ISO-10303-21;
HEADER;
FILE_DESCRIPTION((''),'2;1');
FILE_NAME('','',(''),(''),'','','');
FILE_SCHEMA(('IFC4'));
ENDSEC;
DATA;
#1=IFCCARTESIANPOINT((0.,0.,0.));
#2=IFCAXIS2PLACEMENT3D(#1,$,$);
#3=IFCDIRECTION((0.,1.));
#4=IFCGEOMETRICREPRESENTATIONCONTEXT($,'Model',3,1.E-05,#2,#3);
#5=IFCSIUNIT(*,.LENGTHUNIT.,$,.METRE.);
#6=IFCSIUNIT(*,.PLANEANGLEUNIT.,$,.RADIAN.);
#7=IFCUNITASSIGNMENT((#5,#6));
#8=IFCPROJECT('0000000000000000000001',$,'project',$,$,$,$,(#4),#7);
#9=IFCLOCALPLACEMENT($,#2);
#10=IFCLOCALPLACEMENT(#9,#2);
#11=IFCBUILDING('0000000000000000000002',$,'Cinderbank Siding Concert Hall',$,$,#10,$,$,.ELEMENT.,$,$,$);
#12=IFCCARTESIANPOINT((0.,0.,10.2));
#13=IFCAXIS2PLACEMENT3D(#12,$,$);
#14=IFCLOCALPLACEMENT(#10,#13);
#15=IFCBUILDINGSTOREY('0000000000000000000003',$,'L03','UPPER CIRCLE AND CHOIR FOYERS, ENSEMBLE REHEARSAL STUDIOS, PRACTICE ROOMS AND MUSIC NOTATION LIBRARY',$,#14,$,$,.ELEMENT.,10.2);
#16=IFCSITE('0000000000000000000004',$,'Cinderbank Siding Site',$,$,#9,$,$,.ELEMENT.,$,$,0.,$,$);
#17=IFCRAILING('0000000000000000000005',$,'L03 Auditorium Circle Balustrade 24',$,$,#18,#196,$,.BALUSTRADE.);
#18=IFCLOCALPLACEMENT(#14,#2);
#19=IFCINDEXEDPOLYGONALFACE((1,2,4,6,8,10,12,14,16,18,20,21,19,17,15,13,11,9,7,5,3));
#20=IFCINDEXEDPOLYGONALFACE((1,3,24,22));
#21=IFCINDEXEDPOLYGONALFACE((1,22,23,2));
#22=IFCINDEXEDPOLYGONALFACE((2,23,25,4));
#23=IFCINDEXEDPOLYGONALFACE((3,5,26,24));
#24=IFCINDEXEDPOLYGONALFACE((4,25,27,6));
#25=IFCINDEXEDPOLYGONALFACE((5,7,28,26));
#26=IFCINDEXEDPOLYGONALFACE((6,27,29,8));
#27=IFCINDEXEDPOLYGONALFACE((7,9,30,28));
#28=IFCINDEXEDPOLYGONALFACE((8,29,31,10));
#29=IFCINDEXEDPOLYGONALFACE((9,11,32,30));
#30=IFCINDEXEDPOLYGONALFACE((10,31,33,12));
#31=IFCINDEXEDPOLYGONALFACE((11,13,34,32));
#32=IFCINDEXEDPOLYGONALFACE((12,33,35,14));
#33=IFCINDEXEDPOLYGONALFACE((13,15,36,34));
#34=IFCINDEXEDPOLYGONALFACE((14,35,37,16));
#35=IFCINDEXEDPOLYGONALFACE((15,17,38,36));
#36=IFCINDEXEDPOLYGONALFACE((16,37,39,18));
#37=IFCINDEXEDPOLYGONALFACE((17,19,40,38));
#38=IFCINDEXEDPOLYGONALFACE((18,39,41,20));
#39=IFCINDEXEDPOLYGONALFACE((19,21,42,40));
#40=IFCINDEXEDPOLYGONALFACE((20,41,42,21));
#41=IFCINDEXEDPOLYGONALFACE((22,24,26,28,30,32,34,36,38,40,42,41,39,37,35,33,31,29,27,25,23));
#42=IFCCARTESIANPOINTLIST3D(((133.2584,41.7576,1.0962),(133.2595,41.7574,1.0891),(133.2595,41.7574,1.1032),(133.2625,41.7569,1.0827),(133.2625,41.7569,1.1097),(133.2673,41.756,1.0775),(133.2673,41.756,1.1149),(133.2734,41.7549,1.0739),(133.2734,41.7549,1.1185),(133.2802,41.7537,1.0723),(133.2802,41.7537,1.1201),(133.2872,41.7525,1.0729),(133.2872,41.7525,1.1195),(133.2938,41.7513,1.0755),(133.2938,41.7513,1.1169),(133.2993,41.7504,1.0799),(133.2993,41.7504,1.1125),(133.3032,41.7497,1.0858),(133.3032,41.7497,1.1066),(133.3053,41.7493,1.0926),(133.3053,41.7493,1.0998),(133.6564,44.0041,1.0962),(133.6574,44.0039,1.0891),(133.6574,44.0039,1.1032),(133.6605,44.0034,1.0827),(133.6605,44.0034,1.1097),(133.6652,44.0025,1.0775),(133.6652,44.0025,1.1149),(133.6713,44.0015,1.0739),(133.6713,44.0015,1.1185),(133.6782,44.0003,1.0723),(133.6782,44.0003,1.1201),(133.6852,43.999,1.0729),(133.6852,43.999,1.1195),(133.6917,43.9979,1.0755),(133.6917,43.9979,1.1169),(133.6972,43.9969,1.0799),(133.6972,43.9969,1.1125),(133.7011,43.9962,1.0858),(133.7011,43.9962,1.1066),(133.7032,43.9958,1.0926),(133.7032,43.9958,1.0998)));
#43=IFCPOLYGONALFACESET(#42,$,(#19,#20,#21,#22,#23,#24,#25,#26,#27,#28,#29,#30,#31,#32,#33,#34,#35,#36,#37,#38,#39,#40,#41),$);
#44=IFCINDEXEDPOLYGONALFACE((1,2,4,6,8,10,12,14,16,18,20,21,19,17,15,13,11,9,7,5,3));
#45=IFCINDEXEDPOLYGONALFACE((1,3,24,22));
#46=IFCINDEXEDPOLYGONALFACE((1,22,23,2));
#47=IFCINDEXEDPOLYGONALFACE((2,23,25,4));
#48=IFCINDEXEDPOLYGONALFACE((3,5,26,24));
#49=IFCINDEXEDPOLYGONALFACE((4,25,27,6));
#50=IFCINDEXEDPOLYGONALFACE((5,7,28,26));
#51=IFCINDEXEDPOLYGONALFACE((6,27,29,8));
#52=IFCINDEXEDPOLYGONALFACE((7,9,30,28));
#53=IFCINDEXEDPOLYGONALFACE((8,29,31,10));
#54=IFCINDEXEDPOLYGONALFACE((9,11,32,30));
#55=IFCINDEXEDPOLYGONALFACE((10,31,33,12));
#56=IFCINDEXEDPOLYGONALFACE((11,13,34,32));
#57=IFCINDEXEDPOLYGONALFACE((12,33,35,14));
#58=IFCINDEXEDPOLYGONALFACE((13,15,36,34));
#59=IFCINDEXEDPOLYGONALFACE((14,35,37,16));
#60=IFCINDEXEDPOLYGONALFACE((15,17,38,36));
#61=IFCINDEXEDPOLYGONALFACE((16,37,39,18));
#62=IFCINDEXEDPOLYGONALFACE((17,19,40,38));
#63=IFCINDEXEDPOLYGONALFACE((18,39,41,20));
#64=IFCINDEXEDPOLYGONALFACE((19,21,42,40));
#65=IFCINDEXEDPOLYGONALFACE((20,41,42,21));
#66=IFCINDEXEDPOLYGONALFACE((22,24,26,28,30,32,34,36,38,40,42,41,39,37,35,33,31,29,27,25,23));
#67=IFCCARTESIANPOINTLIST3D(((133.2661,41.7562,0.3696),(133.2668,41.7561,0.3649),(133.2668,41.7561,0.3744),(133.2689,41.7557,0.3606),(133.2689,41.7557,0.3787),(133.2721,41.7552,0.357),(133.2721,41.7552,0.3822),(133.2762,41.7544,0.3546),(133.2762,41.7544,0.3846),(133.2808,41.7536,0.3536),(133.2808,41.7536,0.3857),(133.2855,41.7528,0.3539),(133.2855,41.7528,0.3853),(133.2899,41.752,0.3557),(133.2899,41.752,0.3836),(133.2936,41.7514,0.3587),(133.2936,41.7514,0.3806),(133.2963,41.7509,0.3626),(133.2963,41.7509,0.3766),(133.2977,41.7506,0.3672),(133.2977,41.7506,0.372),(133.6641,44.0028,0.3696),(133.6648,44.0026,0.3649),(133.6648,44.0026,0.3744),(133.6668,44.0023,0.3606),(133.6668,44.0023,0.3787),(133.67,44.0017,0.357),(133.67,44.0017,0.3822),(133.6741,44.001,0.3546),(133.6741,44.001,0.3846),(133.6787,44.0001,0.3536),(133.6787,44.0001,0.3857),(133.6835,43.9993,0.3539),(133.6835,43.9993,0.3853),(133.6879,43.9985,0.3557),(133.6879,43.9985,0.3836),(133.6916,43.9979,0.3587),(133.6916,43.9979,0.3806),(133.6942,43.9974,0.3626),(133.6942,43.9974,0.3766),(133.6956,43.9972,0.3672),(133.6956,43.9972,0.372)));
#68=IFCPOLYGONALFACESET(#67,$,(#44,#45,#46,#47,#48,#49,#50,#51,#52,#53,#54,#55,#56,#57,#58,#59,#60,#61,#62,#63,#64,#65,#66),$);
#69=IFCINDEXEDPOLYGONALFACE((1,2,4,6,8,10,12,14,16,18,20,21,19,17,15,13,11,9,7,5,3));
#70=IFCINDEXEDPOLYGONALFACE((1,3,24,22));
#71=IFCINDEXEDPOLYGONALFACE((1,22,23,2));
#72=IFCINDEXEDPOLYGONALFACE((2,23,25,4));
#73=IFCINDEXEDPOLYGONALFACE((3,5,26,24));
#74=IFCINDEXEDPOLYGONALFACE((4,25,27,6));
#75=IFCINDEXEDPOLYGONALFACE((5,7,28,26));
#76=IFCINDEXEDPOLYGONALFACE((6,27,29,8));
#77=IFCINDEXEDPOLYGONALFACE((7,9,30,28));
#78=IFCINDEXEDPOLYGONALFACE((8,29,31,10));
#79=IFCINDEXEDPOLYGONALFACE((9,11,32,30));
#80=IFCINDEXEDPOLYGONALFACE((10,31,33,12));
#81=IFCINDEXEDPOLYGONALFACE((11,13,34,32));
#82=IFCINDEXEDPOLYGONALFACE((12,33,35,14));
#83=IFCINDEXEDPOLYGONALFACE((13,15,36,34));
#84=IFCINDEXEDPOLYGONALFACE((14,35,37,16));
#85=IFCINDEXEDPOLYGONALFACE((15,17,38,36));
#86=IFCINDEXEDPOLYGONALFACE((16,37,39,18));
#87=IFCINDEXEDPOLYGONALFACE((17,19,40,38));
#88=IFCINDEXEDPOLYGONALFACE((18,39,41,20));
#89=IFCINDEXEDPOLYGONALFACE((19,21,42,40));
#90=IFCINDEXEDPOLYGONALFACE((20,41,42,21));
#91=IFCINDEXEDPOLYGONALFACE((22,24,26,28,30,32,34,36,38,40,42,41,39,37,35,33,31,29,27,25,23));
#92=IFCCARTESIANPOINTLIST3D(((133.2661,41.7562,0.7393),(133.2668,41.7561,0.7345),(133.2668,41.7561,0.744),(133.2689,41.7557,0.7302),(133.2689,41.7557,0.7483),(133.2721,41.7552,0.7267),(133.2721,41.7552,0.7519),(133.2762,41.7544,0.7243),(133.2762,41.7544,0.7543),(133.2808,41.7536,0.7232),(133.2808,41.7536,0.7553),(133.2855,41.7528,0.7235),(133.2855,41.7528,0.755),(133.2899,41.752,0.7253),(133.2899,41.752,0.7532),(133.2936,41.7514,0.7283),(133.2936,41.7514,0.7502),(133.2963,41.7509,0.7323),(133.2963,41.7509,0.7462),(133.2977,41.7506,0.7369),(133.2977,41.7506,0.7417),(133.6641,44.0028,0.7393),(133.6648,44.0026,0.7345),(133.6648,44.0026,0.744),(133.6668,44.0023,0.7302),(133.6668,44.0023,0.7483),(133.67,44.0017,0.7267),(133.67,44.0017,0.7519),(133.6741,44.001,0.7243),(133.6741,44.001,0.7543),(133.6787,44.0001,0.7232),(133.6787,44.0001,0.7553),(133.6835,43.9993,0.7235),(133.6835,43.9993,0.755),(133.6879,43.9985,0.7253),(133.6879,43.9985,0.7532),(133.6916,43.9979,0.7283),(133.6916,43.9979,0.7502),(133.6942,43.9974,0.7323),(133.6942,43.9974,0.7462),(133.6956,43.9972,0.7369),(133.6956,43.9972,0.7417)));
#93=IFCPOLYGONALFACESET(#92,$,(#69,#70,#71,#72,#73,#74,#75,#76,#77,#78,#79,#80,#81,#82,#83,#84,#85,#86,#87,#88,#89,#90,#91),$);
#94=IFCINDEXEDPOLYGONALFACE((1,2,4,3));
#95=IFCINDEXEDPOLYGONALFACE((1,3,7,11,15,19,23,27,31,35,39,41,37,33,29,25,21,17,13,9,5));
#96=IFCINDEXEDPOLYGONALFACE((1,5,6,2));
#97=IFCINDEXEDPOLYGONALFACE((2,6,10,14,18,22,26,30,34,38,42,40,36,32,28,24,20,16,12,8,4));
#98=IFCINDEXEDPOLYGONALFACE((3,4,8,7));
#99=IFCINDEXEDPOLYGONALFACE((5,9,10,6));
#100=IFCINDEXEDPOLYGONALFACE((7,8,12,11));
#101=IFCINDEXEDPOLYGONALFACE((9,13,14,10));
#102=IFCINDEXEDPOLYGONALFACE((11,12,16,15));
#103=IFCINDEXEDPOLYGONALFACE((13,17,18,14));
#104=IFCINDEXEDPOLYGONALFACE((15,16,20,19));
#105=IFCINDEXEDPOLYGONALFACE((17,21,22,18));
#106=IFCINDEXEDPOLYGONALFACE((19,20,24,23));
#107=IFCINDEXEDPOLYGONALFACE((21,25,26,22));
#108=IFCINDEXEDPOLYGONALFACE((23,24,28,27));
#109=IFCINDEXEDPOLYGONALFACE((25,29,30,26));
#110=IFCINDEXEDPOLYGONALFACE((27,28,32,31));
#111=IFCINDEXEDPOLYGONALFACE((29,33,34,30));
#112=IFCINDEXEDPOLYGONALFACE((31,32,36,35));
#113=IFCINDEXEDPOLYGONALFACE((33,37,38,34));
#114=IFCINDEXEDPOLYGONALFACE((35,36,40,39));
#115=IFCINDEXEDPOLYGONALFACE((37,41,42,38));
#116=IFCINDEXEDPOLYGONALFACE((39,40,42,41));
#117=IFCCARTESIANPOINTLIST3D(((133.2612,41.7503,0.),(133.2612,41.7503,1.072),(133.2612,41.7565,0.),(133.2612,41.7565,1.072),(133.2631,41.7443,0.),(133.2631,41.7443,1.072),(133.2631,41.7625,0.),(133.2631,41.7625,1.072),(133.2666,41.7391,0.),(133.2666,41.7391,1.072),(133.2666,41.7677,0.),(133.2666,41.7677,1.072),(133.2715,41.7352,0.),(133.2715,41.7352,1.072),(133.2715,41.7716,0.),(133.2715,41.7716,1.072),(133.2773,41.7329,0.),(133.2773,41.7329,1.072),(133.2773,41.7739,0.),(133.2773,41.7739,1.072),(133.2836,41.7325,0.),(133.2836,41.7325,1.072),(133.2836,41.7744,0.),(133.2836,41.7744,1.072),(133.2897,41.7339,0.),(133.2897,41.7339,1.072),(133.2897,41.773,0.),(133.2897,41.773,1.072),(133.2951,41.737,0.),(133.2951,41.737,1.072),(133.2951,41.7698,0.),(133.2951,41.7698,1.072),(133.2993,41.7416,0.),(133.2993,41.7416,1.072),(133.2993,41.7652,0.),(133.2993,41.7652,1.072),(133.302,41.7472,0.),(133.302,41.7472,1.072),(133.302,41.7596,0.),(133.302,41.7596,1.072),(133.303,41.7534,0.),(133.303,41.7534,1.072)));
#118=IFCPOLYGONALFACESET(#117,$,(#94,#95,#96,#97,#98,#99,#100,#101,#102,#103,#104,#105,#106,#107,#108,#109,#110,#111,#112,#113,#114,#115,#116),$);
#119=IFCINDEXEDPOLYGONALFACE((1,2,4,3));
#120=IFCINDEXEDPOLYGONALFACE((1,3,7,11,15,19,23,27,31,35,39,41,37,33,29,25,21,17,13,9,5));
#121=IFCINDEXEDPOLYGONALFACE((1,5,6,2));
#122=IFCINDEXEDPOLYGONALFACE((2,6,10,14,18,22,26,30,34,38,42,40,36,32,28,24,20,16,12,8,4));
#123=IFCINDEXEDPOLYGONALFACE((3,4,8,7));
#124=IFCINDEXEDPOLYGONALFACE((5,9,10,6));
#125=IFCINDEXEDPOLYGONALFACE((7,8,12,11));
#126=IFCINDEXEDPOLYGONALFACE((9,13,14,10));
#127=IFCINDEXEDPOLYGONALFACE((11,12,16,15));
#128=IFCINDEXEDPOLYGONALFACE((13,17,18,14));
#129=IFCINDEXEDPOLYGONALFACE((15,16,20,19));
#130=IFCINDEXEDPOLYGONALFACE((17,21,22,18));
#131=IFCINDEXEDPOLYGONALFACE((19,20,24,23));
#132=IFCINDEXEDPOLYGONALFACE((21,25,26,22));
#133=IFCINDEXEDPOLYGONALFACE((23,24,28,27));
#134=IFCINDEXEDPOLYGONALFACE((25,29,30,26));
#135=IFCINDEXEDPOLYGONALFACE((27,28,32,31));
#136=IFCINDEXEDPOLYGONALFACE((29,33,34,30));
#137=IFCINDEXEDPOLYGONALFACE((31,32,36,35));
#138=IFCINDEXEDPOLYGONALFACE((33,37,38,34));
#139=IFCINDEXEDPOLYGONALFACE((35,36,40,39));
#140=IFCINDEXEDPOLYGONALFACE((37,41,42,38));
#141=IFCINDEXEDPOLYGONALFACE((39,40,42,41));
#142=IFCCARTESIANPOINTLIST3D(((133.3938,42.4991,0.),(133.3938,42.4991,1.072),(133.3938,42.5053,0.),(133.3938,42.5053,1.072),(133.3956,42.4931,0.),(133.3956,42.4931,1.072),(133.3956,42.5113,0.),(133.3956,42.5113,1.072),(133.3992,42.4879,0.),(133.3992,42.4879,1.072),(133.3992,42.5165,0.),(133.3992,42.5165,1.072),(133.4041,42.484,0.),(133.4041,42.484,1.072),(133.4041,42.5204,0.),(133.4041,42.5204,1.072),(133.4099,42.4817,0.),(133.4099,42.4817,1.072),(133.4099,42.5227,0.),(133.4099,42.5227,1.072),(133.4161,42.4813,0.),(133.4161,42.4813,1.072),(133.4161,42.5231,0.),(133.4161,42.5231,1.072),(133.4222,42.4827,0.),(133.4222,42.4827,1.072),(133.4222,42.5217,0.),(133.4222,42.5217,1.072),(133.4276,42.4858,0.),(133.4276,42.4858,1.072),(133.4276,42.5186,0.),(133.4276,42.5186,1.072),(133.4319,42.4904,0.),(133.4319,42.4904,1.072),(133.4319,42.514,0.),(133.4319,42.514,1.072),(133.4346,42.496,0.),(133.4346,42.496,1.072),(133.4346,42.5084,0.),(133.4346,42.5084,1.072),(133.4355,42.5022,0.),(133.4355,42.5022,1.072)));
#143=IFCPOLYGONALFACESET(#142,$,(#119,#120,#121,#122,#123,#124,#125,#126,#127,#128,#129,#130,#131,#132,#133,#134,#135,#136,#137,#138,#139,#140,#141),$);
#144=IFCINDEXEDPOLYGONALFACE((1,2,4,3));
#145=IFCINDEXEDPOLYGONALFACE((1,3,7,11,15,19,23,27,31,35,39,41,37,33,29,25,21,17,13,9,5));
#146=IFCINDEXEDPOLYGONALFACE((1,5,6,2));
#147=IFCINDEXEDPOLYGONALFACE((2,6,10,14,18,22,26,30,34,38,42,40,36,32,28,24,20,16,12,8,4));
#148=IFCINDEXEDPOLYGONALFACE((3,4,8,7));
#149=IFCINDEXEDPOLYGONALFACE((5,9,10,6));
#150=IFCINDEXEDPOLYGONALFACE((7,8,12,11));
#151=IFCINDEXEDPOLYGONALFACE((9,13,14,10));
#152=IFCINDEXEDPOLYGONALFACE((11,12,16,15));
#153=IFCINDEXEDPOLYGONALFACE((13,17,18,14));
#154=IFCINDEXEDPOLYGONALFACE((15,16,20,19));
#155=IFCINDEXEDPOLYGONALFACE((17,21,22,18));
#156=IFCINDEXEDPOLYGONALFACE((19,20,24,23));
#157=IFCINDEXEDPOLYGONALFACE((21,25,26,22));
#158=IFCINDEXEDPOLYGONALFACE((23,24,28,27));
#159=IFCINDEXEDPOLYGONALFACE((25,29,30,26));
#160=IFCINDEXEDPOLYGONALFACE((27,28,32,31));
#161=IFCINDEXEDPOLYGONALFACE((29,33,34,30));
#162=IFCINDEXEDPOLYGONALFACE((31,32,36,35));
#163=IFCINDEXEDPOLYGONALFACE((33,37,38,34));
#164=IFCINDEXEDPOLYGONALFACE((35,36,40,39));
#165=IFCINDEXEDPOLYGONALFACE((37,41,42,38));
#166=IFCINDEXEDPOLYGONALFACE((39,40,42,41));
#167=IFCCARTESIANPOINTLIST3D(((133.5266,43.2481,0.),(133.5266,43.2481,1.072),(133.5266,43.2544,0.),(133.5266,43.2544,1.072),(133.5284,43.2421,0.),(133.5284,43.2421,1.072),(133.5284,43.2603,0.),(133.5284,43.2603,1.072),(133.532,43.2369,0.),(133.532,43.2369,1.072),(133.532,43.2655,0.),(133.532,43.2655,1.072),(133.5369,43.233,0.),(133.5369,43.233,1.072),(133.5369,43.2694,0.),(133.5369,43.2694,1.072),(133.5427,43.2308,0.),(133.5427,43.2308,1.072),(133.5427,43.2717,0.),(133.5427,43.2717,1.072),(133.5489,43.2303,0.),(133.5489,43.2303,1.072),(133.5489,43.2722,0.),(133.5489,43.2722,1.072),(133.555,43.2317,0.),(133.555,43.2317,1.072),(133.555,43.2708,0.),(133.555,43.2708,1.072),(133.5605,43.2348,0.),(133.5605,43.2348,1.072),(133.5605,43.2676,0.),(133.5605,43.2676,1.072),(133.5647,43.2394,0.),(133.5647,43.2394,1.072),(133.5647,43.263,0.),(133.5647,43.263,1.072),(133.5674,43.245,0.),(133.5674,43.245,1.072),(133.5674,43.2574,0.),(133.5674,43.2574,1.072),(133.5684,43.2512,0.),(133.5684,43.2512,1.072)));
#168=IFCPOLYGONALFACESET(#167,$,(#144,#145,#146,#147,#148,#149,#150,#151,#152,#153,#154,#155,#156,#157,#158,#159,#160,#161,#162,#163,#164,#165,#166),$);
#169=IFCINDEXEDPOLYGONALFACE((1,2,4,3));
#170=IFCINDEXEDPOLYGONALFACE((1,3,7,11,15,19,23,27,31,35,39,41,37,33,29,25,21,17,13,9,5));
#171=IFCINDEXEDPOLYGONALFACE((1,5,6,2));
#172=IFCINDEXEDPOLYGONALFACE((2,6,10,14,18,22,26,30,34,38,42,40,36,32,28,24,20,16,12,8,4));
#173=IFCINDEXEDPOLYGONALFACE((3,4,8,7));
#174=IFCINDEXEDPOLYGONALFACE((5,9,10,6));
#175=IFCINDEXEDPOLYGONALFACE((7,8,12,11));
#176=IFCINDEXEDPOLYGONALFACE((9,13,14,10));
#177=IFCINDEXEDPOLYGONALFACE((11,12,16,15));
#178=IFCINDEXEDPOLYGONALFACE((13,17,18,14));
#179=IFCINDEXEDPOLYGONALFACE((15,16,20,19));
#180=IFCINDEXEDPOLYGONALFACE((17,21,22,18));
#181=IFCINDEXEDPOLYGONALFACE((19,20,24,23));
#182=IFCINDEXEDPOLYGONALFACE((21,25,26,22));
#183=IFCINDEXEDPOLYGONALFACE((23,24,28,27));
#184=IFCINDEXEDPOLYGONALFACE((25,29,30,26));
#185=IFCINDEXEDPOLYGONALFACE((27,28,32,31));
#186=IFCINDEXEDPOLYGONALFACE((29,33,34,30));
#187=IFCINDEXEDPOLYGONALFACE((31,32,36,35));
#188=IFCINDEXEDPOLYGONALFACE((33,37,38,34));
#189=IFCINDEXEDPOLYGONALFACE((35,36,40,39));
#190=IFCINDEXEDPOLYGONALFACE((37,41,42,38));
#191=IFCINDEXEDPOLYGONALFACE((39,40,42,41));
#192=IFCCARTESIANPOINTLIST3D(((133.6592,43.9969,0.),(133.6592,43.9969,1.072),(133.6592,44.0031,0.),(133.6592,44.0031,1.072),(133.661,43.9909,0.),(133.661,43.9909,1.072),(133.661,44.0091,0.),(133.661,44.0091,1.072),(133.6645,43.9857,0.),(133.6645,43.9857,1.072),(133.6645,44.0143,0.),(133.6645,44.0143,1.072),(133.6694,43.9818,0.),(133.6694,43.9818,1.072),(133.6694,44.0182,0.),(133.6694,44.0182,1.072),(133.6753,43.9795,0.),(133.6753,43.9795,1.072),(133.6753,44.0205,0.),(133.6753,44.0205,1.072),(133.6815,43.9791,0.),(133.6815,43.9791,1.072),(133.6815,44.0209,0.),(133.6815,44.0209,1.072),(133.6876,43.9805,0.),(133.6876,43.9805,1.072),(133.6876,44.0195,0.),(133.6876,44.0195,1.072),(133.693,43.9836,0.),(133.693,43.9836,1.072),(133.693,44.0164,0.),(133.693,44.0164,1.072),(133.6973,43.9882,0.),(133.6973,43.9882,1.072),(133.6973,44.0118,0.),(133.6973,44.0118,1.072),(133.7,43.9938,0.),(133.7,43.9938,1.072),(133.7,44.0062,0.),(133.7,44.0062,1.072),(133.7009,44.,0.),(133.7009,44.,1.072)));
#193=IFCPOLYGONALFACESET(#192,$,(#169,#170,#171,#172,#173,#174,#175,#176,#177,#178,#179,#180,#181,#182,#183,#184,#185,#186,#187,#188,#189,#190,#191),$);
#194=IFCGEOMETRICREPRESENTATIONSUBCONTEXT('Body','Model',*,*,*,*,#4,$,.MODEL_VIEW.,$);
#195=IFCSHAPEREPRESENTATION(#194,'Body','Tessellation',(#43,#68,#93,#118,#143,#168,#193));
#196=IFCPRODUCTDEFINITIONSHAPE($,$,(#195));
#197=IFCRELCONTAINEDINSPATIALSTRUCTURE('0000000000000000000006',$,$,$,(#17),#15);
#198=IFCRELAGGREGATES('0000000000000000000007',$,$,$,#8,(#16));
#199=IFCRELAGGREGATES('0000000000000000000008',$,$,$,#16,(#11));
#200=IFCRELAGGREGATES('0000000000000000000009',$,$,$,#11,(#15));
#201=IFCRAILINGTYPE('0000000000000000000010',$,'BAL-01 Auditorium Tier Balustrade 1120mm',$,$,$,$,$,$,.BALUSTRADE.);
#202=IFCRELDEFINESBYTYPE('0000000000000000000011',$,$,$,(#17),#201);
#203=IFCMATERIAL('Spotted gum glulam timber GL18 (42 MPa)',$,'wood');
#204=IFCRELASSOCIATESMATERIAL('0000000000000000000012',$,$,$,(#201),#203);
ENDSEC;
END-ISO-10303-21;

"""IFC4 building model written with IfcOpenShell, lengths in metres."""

from ifc_helpers import new_model, si_unit, direction, frame, origin, origin_2d, place, context, subcontext, project, spatial, circle, extrude, material, type_object, element, save


model = new_model("IFC4")

# Units and contexts
model_context = context("Model", 3, precision=1e-05, world=origin(), true_north=direction((0.0, 1.0)))
body_context = subcontext(model_context, "Body", "Model", "MODEL_VIEW")
ifc_project = project(units=[si_unit("LENGTHUNIT", "METRE"), si_unit("PLANEANGLEUNIT", "RADIAN")], contexts=[model_context])

# Site, building, storey
site_placement = place(None, origin())
site = spatial("IfcSite", under=ifc_project, at=site_placement, Name="Cinderbank Siding Site", CompositionType="ELEMENT", RefElevation=0.0)
building_placement = place(site_placement, origin())
building = spatial("IfcBuilding", under=site, at=building_placement, Name="Cinderbank Siding Concert Hall", CompositionType="ELEMENT")
storey_placement = place(building_placement, frame((0.0, 0.0, 10.2)))
storey = spatial("IfcBuildingStorey", under=building, at=storey_placement, Name="L03", Description="UPPER CIRCLE AND CHOIR FOYERS, ENSEMBLE REHEARSAL STUDIOS, PRACTICE ROOMS AND MUSIC NOTATION LIBRARY", CompositionType="ELEMENT", Elevation=10.2)

# Shared definitions
ifc_material_1 = material(Name="Spotted gum glulam timber GL18 (42 MPa)", Category="wood")

# Railing
railing_type = type_object("IfcRailingType", Name="BAL-01 Auditorium Tier Balustrade 1120mm", PredefinedType="BALUSTRADE", material=ifc_material_1)
railing_1_placement = place(storey_placement, frame((133.282, 41.7534, 0.0)))
element("IfcRailing", 1, at=railing_1_placement, inside=storey, type_object=railing_type, Name="L03 Auditorium Circle Balustrade 24", PredefinedType="BALUSTRADE", context=body_context, shape_type="SweptSolid", body=[
    extrude(circle(Radius=0.0239, at=origin_2d()), frame((0.0, 0.0, 1.0962), z_axis=(0.17442, 0.984671, 0.0), x_axis=(-0.984671, 0.17442, 0.0)), (0.0, 0.0, 1.0), 2.2815),
    extrude(circle(Radius=0.0161, at=origin_2d()), frame((0.0, 0.0, 0.3696), z_axis=(0.17442, 0.984671, 0.0), x_axis=(-0.984671, 0.17442, 0.0)), (0.0, 0.0, 1.0), 2.2815),
    extrude(circle(Radius=0.0161, at=origin_2d()), frame((0.0, 0.0, 0.7393), z_axis=(0.17442, 0.984671, 0.0), x_axis=(-0.984671, 0.17442, 0.0)), (0.0, 0.0, 1.0), 2.2815),
    extrude(circle(Radius=0.021, at=origin_2d()), origin(), (0.0, 0.0, 1.0), 1.072),
    extrude(circle(Radius=0.021, at=origin_2d()), frame((0.1326, 0.7488, 0.0)), (0.0, 0.0, 1.0), 1.072),
    extrude(circle(Radius=0.021, at=origin_2d()), frame((0.2654, 1.4978, 0.0)), (0.0, 0.0, 1.0), 1.072),
    extrude(circle(Radius=0.021, at=origin_2d()), frame((0.3979, 2.2466, 0.0)), (0.0, 0.0, 1.0), 1.072),
])

save(model, "model.ifc")
